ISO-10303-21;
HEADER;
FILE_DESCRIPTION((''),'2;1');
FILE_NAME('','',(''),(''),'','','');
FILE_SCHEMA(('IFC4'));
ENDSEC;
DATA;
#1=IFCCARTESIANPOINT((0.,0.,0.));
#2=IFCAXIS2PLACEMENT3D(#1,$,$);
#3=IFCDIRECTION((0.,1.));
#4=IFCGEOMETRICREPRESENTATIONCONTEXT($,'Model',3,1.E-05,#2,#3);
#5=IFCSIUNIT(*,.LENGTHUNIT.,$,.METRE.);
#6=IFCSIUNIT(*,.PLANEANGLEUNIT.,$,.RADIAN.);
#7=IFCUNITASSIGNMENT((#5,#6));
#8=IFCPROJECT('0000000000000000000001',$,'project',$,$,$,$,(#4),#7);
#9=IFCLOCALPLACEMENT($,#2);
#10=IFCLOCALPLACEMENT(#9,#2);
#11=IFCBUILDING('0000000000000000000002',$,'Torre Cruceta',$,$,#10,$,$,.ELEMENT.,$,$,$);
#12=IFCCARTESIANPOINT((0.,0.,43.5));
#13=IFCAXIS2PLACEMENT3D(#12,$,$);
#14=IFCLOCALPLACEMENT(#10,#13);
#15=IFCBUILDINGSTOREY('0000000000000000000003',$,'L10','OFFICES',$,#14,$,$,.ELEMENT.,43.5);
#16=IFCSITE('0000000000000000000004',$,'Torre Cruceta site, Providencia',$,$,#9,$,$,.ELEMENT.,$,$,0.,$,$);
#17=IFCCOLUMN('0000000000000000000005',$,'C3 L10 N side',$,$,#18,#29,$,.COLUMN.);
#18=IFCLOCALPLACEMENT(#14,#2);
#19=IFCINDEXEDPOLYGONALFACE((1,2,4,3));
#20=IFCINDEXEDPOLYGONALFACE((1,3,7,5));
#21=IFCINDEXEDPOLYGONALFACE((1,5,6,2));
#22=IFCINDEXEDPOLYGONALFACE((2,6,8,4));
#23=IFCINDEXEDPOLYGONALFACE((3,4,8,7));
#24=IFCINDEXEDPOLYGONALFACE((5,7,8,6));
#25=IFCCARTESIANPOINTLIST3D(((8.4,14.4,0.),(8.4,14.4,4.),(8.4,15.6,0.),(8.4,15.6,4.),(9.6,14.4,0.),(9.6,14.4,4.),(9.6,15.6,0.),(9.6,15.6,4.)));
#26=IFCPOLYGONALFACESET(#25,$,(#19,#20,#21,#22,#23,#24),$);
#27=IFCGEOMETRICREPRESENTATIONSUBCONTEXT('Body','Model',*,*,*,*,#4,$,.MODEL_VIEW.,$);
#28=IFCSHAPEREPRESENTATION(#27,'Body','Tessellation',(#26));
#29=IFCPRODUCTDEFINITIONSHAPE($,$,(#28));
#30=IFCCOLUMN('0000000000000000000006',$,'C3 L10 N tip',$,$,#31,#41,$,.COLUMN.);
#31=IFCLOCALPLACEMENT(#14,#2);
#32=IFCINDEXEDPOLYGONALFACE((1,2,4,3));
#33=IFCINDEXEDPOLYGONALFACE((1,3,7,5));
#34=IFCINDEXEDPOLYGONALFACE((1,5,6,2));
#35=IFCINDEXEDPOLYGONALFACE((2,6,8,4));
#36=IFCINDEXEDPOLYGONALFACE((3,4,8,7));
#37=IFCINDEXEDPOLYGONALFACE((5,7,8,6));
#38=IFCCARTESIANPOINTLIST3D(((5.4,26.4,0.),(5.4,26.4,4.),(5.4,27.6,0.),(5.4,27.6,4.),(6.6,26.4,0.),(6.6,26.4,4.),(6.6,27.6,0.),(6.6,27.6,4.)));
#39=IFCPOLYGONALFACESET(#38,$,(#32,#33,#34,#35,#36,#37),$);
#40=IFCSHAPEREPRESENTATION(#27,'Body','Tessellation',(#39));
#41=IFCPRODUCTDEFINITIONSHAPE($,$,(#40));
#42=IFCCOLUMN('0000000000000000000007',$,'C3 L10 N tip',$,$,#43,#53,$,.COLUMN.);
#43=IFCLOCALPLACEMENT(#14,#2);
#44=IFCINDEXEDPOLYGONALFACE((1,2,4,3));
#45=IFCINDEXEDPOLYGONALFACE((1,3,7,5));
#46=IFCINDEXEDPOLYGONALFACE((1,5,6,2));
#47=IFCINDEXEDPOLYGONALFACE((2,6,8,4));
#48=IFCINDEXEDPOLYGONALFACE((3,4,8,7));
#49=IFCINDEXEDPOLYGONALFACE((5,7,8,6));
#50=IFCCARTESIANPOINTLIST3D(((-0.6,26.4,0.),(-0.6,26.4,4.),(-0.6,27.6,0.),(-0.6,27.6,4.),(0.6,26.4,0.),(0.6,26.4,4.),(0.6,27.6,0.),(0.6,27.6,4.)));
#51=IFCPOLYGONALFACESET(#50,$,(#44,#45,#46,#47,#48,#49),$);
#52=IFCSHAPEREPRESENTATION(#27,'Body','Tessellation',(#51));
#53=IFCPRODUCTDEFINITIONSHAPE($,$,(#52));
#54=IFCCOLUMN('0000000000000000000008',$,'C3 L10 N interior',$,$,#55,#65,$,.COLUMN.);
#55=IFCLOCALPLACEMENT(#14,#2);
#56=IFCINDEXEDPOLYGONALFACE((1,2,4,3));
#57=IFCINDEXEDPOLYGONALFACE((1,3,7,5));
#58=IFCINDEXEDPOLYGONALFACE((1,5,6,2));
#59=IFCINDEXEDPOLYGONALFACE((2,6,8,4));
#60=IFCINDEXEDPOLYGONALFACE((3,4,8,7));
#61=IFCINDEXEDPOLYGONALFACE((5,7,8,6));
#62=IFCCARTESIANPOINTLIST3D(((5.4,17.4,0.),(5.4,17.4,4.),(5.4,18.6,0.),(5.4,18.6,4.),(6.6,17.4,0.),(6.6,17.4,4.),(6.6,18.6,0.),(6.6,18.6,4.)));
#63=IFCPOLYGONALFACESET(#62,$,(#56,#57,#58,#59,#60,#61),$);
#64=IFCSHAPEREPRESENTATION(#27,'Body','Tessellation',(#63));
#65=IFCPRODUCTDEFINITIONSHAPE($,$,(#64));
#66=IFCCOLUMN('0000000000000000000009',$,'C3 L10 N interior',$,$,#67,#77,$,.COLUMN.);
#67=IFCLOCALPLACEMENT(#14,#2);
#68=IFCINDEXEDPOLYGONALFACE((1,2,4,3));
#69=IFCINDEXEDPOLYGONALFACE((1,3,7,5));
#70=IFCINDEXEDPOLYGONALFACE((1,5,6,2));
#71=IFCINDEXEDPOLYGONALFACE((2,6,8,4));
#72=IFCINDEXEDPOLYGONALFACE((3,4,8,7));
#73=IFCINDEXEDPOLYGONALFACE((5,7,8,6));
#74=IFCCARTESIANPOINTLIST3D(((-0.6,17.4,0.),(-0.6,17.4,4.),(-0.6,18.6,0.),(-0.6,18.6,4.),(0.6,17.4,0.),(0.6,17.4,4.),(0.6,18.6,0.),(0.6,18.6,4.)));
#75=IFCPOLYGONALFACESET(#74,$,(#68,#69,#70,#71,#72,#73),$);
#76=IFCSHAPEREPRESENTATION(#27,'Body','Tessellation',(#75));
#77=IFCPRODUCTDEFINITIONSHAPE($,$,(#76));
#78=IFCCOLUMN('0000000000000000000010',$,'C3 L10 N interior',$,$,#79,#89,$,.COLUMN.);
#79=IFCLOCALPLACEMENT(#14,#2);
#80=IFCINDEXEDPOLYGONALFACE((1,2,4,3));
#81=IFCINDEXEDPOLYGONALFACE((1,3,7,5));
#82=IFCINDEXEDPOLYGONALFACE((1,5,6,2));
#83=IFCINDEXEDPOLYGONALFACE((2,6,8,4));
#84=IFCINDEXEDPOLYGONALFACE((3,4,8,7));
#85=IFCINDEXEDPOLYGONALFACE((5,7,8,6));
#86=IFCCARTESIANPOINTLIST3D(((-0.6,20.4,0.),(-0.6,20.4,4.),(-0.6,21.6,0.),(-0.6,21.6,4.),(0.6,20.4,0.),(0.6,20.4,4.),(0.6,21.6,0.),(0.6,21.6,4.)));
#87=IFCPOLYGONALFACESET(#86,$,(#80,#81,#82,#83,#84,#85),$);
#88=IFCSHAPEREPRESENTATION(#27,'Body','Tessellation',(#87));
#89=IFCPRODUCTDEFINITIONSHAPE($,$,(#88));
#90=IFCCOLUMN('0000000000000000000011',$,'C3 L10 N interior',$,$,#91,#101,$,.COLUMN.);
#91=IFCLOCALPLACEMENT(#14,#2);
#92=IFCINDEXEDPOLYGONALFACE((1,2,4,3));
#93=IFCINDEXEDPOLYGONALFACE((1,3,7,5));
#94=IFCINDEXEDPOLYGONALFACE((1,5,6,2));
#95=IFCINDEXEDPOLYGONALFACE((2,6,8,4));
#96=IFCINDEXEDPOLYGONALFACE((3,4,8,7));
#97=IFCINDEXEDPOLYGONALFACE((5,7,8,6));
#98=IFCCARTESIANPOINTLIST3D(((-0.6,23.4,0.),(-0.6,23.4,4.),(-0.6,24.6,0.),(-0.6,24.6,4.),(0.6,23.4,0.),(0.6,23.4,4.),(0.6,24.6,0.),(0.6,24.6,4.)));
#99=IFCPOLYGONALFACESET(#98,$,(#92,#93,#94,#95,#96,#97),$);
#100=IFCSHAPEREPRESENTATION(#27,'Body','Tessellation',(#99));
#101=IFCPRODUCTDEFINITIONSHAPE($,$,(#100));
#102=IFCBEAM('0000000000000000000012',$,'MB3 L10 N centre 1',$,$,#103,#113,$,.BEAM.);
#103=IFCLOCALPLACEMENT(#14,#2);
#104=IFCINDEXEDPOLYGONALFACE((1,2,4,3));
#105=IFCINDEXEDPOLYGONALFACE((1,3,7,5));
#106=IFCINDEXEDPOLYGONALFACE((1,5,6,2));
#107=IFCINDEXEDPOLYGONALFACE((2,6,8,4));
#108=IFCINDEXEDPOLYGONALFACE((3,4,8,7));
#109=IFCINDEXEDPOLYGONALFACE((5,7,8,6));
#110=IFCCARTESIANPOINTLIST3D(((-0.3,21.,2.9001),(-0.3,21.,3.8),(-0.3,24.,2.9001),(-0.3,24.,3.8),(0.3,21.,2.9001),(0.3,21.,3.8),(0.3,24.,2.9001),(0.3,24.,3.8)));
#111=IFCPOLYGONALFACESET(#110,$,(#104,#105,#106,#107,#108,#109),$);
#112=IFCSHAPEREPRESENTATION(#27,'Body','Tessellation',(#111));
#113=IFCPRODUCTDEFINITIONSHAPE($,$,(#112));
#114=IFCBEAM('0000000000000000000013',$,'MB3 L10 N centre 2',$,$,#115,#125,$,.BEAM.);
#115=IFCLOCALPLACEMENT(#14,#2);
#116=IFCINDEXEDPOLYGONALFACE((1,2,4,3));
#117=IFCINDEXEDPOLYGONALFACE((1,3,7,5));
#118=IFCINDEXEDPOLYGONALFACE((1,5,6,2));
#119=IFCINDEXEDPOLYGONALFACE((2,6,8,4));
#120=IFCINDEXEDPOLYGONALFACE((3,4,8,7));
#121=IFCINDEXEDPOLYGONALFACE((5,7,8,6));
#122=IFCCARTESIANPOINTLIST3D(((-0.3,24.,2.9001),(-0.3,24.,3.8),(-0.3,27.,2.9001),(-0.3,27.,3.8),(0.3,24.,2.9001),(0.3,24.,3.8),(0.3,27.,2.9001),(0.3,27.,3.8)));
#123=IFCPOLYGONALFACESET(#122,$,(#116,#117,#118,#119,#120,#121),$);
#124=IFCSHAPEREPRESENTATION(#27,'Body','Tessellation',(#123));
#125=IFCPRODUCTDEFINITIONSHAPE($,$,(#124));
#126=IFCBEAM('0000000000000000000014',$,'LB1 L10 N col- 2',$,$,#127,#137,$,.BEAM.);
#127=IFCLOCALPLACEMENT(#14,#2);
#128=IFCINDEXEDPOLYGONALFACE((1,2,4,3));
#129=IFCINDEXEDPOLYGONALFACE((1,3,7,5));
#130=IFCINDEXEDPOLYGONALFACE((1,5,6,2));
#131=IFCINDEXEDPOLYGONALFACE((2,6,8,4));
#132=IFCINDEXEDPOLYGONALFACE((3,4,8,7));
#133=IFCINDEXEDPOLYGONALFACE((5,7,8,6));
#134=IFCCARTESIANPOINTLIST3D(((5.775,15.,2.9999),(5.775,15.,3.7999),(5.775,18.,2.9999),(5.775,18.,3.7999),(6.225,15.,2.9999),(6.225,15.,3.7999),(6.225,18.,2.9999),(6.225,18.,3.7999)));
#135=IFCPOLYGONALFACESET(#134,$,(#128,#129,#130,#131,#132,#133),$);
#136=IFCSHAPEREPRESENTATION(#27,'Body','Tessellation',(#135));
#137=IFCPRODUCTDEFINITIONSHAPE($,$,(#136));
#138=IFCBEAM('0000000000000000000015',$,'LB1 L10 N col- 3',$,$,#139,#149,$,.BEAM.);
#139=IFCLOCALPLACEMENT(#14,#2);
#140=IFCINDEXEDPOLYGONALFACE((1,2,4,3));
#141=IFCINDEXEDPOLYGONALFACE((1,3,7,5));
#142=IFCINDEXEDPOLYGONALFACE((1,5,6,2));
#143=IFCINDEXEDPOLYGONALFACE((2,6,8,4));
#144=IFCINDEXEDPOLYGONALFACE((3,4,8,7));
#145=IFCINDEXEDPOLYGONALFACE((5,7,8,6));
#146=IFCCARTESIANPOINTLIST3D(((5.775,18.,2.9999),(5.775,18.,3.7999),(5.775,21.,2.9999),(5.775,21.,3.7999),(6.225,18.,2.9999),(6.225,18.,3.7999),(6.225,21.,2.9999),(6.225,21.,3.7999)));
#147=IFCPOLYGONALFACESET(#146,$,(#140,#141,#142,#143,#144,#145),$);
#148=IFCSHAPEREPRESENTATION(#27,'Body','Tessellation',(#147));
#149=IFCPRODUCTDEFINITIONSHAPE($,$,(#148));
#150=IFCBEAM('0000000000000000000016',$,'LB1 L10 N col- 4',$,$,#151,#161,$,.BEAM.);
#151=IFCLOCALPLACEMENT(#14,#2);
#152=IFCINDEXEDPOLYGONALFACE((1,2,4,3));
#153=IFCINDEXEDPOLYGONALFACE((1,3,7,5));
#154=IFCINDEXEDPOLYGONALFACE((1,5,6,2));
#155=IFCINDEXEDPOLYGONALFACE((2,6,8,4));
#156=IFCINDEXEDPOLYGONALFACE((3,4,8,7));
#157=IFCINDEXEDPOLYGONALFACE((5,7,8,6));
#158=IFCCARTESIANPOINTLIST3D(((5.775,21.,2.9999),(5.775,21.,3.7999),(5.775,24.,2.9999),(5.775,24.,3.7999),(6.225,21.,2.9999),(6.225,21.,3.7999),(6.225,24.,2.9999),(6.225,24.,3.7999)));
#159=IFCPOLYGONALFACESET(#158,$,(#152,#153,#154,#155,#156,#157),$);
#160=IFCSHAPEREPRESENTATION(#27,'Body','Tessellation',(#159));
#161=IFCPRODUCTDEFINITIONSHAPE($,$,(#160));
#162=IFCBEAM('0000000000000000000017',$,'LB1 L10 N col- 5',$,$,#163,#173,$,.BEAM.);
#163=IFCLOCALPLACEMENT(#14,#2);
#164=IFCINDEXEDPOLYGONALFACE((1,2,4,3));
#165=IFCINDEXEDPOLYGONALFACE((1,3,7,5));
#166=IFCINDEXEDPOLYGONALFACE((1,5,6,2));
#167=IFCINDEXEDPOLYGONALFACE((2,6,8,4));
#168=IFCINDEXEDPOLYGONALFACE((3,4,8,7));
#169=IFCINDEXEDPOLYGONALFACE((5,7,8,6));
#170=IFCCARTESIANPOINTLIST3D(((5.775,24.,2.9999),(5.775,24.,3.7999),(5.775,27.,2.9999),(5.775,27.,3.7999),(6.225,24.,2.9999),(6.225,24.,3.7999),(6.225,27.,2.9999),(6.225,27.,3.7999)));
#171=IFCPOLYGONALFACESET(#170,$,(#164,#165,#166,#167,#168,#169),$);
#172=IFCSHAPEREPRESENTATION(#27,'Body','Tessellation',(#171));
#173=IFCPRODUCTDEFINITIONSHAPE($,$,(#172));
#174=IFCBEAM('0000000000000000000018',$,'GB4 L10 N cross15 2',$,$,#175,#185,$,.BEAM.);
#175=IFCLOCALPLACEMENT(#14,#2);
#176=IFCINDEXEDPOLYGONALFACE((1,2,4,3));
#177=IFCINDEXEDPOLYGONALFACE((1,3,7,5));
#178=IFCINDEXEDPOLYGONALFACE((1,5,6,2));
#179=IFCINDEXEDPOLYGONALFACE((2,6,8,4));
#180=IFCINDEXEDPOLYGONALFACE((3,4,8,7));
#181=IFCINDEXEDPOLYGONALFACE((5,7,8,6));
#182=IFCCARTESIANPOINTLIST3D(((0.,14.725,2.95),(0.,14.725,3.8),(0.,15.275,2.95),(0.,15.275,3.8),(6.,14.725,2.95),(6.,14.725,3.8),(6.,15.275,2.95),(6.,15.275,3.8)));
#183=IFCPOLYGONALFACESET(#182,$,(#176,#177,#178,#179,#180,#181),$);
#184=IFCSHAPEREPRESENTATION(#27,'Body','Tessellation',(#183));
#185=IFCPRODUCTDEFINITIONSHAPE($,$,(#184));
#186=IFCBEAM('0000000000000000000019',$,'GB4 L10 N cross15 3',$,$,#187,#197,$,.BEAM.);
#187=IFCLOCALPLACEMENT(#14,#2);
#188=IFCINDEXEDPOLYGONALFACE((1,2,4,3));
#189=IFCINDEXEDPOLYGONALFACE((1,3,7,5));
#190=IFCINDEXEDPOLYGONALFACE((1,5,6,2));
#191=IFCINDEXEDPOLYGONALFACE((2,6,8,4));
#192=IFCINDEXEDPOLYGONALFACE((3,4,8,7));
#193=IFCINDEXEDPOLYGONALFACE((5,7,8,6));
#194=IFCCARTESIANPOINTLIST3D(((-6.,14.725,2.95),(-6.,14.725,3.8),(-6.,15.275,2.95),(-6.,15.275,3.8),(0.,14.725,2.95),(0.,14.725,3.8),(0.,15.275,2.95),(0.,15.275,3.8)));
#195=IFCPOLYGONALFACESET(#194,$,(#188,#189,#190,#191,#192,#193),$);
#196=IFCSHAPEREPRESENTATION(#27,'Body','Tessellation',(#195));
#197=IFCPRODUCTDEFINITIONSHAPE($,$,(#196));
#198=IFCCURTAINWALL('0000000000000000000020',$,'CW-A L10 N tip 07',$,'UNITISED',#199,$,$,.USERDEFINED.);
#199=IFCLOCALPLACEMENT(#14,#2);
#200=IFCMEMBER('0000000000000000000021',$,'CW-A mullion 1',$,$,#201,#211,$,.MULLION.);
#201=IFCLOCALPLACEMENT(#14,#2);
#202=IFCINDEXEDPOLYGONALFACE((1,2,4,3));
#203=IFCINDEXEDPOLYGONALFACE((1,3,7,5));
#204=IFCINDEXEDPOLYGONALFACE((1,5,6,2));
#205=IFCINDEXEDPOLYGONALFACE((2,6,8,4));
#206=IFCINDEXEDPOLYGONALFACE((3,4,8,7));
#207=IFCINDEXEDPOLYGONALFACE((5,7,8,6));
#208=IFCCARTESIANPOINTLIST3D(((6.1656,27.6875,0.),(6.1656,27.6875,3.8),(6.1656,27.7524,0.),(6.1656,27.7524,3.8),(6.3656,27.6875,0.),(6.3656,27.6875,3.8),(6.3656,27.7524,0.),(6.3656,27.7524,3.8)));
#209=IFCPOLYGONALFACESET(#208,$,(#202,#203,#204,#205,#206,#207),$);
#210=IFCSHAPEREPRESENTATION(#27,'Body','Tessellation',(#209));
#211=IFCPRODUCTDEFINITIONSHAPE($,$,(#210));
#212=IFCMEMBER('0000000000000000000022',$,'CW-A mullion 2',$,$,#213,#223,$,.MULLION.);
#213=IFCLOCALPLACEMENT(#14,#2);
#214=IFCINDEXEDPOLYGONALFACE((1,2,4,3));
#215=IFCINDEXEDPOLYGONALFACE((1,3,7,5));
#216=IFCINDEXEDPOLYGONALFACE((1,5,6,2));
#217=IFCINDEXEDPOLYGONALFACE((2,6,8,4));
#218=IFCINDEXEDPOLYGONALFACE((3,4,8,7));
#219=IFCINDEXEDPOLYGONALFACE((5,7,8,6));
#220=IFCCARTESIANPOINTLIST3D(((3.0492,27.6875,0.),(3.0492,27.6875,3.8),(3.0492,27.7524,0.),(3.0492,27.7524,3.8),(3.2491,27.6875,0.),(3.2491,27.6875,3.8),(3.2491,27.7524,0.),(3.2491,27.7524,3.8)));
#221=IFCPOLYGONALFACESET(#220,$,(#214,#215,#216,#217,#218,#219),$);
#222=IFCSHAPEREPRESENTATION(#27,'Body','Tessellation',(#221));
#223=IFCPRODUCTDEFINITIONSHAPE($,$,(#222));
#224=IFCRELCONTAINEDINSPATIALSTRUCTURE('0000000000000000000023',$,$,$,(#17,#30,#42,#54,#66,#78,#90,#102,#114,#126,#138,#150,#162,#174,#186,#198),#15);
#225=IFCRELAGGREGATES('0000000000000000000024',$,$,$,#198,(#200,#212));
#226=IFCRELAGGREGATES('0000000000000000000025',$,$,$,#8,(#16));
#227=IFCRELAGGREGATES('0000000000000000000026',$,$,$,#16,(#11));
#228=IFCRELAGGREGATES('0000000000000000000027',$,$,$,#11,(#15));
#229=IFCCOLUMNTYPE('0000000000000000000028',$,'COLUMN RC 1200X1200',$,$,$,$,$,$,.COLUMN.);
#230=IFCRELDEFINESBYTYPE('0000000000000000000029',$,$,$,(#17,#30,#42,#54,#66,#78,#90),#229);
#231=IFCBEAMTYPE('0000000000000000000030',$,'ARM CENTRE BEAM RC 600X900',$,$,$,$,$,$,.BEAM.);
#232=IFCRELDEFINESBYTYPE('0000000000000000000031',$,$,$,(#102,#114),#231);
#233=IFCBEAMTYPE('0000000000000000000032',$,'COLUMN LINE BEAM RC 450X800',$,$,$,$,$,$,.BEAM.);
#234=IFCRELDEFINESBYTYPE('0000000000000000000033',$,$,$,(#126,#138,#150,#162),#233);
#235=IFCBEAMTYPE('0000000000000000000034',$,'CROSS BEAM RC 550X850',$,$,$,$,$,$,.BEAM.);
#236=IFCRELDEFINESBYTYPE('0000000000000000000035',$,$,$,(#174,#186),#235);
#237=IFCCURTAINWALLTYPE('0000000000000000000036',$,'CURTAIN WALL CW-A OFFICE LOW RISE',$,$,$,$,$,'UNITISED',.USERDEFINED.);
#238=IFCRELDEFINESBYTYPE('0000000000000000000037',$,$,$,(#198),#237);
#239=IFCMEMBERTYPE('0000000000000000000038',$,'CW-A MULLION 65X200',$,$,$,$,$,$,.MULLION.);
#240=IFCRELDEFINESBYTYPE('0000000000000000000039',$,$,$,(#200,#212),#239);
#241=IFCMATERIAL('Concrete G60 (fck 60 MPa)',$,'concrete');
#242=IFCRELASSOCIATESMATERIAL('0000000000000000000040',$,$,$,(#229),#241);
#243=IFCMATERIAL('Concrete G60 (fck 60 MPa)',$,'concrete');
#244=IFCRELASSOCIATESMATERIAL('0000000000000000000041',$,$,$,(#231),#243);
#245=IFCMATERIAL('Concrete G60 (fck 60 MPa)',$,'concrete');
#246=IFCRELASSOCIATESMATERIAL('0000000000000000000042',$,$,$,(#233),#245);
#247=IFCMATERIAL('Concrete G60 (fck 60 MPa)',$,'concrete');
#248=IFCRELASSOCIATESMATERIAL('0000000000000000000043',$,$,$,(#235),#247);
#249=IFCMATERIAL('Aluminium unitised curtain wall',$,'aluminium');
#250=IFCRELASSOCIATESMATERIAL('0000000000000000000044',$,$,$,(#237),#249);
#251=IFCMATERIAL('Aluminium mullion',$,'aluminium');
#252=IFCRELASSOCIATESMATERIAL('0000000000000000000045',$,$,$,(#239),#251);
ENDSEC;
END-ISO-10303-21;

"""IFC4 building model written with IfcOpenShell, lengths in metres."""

from ifc_helpers import new_model, si_unit, direction, frame, origin, origin_2d, place, context, subcontext, project, spatial, rectangle, extrude, material, material_profile, profile_set, type_object, element, aggregate, save


model = new_model("IFC4")

# Units and contexts
model_context = context("Model", 3, precision=1e-05, world=origin(), true_north=direction((0.0, 1.0)))
body_context = subcontext(model_context, "Body", "Model", "MODEL_VIEW")
ifc_project = project(units=[si_unit("LENGTHUNIT", "METRE"), si_unit("PLANEANGLEUNIT", "RADIAN")], contexts=[model_context])

# Site, building, storey
site_placement = place(None, origin())
site = spatial("IfcSite", under=ifc_project, at=site_placement, Name="Torre Cruceta site, Providencia", CompositionType="ELEMENT", RefElevation=0.0)
building_placement = place(site_placement, origin())
building = spatial("IfcBuilding", under=site, at=building_placement, Name="Torre Cruceta", CompositionType="ELEMENT")
storey_placement = place(building_placement, frame((0.0, 0.0, 43.5)))
storey = spatial("IfcBuildingStorey", under=building, at=storey_placement, Name="L10", Description="OFFICES", CompositionType="ELEMENT", Elevation=43.5)

# Columns
ifc_material_1 = material(Name="Concrete G60 (fck 60 MPa)", Category="concrete")
ifc_material_profile_1 = material_profile(ifc_material_1, rectangle(XDim=1.2, YDim=1.2, at=origin_2d()), Name="RC 1200X1200")
ifc_profile_set_1 = profile_set([ifc_material_profile_1], Name="Concrete G60 (fck 60 MPa)")
column_type = type_object("IfcColumnType", Name="COLUMN RC 1200X1200", PredefinedType="COLUMN", material=ifc_profile_set_1)
for number, where, z_axis, x_axis, name in (
    (1, (9.0, 15.0, 0.0), (0.0, 0.0, 1.0), (1.0, 0.0, 0.0), "C3 L10 N side"),
    (2, (6.0, 27.0, 0.0), (0.0, 0.0, 1.0), (1.0, 0.0, 0.0), "C3 L10 N tip"),
    (3, (0.0, 27.0, 0.0), (0.0, 0.0, 1.0), (1.0, 0.0, 0.0), "C3 L10 N tip"),
    (4, (6.0, 18.0, 0.0), (0.0, 0.0, 1.0), (1.0, 0.0, 0.0), "C3 L10 N interior"),
    (5, (0.0, 18.0, 0.0), (0.0, 0.0, 1.0), (1.0, 0.0, 0.0), "C3 L10 N interior"),
    (6, (0.0, 21.0, 0.0), (0.0, 0.0, 1.0), (1.0, 0.0, 0.0), "C3 L10 N interior"),
    (7, (0.0, 24.0, 0.0), (0.0, 0.0, 1.0), (1.0, 0.0, 0.0), "C3 L10 N interior"),
):
    element("IfcColumn", number, at=place(storey_placement, frame(where, z_axis=z_axis, x_axis=x_axis)), inside=storey, type_object=column_type, Name=name, PredefinedType="COLUMN", context=body_context, shape_type="SweptSolid", body=[
        extrude(rectangle(XDim=1.2, YDim=1.2, at=origin_2d()), origin(), (0.0, 0.0, 1.0), 4.0),
    ])

# Beams
ifc_material_2 = material(Name="Concrete G60 (fck 60 MPa)", Category="concrete")
ifc_material_profile_2 = material_profile(ifc_material_2, rectangle(XDim=0.6001, YDim=0.8999, at=origin_2d()), Name="RC 600X900")
ifc_profile_set_2 = profile_set([ifc_material_profile_2], Name="Concrete G60 (fck 60 MPa)")
beam_type_1 = type_object("IfcBeamType", Name="ARM CENTRE BEAM RC 600X900", PredefinedType="BEAM", material=ifc_profile_set_2)
for number, where, z_axis, x_axis, name in (
    (8, (0.0, 21.0, 3.3501), (0.0, 1.0, 0.0), (-1.0, 0.0, 0.0), "MB3 L10 N centre 1"),
    (9, (0.0, 24.0, 3.3501), (0.0, 1.0, 0.0), (-1.0, 0.0, 0.0), "MB3 L10 N centre 2"),
):
    element("IfcBeam", number, at=place(storey_placement, frame(where, z_axis=z_axis, x_axis=x_axis)), inside=storey, type_object=beam_type_1, Name=name, PredefinedType="BEAM", context=body_context, shape_type="SweptSolid", body=[
        extrude(rectangle(XDim=0.6001, YDim=0.8999, at=origin_2d()), origin(), (0.0, 0.0, 1.0), 3.0),
    ])
ifc_material_3 = material(Name="Concrete G60 (fck 60 MPa)", Category="concrete")
ifc_material_profile_3 = material_profile(ifc_material_3, rectangle(XDim=0.45, YDim=0.8, at=origin_2d()), Name="RC 450X800")
ifc_profile_set_3 = profile_set([ifc_material_profile_3], Name="Concrete G60 (fck 60 MPa)")
beam_type_2 = type_object("IfcBeamType", Name="COLUMN LINE BEAM RC 450X800", PredefinedType="BEAM", material=ifc_profile_set_3)
for number, where, z_axis, x_axis, name in (
    (10, (6.0, 15.0, 3.3999), (0.0, 1.0, 0.0), (-1.0, 0.0, 0.0), "LB1 L10 N col- 2"),
    (11, (6.0, 18.0, 3.3999), (0.0, 1.0, 0.0), (-1.0, 0.0, 0.0), "LB1 L10 N col- 3"),
    (12, (6.0, 21.0, 3.3999), (0.0, 1.0, 0.0), (-1.0, 0.0, 0.0), "LB1 L10 N col- 4"),
    (13, (6.0, 24.0, 3.3999), (0.0, 1.0, 0.0), (-1.0, 0.0, 0.0), "LB1 L10 N col- 5"),
):
    element("IfcBeam", number, at=place(storey_placement, frame(where, z_axis=z_axis, x_axis=x_axis)), inside=storey, type_object=beam_type_2, Name=name, PredefinedType="BEAM", context=body_context, shape_type="SweptSolid", body=[
        extrude(rectangle(XDim=0.45, YDim=0.8, at=origin_2d()), origin(), (0.0, 0.0, 1.0), 3.0),
    ])
ifc_material_4 = material(Name="Concrete G60 (fck 60 MPa)", Category="concrete")
ifc_material_profile_4 = material_profile(ifc_material_4, rectangle(XDim=0.55, YDim=0.8501, at=origin_2d()), Name="RC 550X850")
ifc_profile_set_4 = profile_set([ifc_material_profile_4], Name="Concrete G60 (fck 60 MPa)")
beam_type_3 = type_object("IfcBeamType", Name="CROSS BEAM RC 550X850", PredefinedType="BEAM", material=ifc_profile_set_4)
for number, where, z_axis, x_axis, name in (
    (14, (6.0, 15.0, 3.375), (-1.0, 0.0, 0.0), (0.0, -1.0, 0.0), "GB4 L10 N cross15 2"),
    (15, (0.0, 15.0, 3.375), (-1.0, 0.0, 0.0), (0.0, -1.0, 0.0), "GB4 L10 N cross15 3"),
):
    element("IfcBeam", number, at=place(storey_placement, frame(where, z_axis=z_axis, x_axis=x_axis)), inside=storey, type_object=beam_type_3, Name=name, PredefinedType="BEAM", context=body_context, shape_type="SweptSolid", body=[
        extrude(rectangle(XDim=0.55, YDim=0.8501, at=origin_2d()), origin(), (0.0, 0.0, 1.0), 6.0),
    ])

# Curtain wall, members
ifc_material_5 = material(Name="Aluminium unitised curtain wall", Category="aluminium")
curtain_wall_type = type_object("IfcCurtainWallType", Name="CURTAIN WALL CW-A OFFICE LOW RISE", ElementType="UNITISED", PredefinedType="USERDEFINED", material=ifc_material_5)
curtain_wall_placement = place(storey_placement, origin())
curtain_wall = element("IfcCurtainWall", 16, at=curtain_wall_placement, inside=storey, type_object=curtain_wall_type, Name="CW-A L10 N tip 07", ObjectType="UNITISED", PredefinedType="USERDEFINED")
ifc_material_6 = material(Name="Aluminium mullion", Category="aluminium")
ifc_material_profile_5 = material_profile(ifc_material_6, rectangle(XDim=0.0649, YDim=0.2, at=origin_2d()), Name="AL 65X200")
ifc_profile_set_5 = profile_set([ifc_material_profile_5], Name="Aluminium mullion")
member_type_1 = type_object("IfcMemberType", Name="CW-A MULLION 65X200", PredefinedType="MULLION", material=ifc_profile_set_5)
member_1_placement = place(storey_placement, frame((6.2656, 27.72, 0.0), z_axis=(0.0, 0.0, 1.0), x_axis=(0.0, -1.0, 0.0)))
member_1 = element("IfcMember", 17, at=member_1_placement, type_object=member_type_1, Name="CW-A mullion 1", PredefinedType="MULLION", context=body_context, shape_type="SweptSolid", body=[
    extrude(rectangle(XDim=0.0649, YDim=0.2, at=origin_2d()), origin(), (0.0, 0.0, 1.0), 3.8),
])
member_2_placement = place(storey_placement, frame((3.1492, 27.72, 0.0), z_axis=(0.0, 0.0, 1.0), x_axis=(0.0, -1.0, 0.0)))
member_2 = element("IfcMember", 18, at=member_2_placement, type_object=member_type_1, Name="CW-A mullion 2", PredefinedType="MULLION", context=body_context, shape_type="SweptSolid", body=[
    extrude(rectangle(XDim=0.0649, YDim=0.2, at=origin_2d()), origin(), (0.0, 0.0, 1.0), 3.8),
])

aggregate(curtain_wall, [member_1, member_2])

save(model, "model.ifc")
